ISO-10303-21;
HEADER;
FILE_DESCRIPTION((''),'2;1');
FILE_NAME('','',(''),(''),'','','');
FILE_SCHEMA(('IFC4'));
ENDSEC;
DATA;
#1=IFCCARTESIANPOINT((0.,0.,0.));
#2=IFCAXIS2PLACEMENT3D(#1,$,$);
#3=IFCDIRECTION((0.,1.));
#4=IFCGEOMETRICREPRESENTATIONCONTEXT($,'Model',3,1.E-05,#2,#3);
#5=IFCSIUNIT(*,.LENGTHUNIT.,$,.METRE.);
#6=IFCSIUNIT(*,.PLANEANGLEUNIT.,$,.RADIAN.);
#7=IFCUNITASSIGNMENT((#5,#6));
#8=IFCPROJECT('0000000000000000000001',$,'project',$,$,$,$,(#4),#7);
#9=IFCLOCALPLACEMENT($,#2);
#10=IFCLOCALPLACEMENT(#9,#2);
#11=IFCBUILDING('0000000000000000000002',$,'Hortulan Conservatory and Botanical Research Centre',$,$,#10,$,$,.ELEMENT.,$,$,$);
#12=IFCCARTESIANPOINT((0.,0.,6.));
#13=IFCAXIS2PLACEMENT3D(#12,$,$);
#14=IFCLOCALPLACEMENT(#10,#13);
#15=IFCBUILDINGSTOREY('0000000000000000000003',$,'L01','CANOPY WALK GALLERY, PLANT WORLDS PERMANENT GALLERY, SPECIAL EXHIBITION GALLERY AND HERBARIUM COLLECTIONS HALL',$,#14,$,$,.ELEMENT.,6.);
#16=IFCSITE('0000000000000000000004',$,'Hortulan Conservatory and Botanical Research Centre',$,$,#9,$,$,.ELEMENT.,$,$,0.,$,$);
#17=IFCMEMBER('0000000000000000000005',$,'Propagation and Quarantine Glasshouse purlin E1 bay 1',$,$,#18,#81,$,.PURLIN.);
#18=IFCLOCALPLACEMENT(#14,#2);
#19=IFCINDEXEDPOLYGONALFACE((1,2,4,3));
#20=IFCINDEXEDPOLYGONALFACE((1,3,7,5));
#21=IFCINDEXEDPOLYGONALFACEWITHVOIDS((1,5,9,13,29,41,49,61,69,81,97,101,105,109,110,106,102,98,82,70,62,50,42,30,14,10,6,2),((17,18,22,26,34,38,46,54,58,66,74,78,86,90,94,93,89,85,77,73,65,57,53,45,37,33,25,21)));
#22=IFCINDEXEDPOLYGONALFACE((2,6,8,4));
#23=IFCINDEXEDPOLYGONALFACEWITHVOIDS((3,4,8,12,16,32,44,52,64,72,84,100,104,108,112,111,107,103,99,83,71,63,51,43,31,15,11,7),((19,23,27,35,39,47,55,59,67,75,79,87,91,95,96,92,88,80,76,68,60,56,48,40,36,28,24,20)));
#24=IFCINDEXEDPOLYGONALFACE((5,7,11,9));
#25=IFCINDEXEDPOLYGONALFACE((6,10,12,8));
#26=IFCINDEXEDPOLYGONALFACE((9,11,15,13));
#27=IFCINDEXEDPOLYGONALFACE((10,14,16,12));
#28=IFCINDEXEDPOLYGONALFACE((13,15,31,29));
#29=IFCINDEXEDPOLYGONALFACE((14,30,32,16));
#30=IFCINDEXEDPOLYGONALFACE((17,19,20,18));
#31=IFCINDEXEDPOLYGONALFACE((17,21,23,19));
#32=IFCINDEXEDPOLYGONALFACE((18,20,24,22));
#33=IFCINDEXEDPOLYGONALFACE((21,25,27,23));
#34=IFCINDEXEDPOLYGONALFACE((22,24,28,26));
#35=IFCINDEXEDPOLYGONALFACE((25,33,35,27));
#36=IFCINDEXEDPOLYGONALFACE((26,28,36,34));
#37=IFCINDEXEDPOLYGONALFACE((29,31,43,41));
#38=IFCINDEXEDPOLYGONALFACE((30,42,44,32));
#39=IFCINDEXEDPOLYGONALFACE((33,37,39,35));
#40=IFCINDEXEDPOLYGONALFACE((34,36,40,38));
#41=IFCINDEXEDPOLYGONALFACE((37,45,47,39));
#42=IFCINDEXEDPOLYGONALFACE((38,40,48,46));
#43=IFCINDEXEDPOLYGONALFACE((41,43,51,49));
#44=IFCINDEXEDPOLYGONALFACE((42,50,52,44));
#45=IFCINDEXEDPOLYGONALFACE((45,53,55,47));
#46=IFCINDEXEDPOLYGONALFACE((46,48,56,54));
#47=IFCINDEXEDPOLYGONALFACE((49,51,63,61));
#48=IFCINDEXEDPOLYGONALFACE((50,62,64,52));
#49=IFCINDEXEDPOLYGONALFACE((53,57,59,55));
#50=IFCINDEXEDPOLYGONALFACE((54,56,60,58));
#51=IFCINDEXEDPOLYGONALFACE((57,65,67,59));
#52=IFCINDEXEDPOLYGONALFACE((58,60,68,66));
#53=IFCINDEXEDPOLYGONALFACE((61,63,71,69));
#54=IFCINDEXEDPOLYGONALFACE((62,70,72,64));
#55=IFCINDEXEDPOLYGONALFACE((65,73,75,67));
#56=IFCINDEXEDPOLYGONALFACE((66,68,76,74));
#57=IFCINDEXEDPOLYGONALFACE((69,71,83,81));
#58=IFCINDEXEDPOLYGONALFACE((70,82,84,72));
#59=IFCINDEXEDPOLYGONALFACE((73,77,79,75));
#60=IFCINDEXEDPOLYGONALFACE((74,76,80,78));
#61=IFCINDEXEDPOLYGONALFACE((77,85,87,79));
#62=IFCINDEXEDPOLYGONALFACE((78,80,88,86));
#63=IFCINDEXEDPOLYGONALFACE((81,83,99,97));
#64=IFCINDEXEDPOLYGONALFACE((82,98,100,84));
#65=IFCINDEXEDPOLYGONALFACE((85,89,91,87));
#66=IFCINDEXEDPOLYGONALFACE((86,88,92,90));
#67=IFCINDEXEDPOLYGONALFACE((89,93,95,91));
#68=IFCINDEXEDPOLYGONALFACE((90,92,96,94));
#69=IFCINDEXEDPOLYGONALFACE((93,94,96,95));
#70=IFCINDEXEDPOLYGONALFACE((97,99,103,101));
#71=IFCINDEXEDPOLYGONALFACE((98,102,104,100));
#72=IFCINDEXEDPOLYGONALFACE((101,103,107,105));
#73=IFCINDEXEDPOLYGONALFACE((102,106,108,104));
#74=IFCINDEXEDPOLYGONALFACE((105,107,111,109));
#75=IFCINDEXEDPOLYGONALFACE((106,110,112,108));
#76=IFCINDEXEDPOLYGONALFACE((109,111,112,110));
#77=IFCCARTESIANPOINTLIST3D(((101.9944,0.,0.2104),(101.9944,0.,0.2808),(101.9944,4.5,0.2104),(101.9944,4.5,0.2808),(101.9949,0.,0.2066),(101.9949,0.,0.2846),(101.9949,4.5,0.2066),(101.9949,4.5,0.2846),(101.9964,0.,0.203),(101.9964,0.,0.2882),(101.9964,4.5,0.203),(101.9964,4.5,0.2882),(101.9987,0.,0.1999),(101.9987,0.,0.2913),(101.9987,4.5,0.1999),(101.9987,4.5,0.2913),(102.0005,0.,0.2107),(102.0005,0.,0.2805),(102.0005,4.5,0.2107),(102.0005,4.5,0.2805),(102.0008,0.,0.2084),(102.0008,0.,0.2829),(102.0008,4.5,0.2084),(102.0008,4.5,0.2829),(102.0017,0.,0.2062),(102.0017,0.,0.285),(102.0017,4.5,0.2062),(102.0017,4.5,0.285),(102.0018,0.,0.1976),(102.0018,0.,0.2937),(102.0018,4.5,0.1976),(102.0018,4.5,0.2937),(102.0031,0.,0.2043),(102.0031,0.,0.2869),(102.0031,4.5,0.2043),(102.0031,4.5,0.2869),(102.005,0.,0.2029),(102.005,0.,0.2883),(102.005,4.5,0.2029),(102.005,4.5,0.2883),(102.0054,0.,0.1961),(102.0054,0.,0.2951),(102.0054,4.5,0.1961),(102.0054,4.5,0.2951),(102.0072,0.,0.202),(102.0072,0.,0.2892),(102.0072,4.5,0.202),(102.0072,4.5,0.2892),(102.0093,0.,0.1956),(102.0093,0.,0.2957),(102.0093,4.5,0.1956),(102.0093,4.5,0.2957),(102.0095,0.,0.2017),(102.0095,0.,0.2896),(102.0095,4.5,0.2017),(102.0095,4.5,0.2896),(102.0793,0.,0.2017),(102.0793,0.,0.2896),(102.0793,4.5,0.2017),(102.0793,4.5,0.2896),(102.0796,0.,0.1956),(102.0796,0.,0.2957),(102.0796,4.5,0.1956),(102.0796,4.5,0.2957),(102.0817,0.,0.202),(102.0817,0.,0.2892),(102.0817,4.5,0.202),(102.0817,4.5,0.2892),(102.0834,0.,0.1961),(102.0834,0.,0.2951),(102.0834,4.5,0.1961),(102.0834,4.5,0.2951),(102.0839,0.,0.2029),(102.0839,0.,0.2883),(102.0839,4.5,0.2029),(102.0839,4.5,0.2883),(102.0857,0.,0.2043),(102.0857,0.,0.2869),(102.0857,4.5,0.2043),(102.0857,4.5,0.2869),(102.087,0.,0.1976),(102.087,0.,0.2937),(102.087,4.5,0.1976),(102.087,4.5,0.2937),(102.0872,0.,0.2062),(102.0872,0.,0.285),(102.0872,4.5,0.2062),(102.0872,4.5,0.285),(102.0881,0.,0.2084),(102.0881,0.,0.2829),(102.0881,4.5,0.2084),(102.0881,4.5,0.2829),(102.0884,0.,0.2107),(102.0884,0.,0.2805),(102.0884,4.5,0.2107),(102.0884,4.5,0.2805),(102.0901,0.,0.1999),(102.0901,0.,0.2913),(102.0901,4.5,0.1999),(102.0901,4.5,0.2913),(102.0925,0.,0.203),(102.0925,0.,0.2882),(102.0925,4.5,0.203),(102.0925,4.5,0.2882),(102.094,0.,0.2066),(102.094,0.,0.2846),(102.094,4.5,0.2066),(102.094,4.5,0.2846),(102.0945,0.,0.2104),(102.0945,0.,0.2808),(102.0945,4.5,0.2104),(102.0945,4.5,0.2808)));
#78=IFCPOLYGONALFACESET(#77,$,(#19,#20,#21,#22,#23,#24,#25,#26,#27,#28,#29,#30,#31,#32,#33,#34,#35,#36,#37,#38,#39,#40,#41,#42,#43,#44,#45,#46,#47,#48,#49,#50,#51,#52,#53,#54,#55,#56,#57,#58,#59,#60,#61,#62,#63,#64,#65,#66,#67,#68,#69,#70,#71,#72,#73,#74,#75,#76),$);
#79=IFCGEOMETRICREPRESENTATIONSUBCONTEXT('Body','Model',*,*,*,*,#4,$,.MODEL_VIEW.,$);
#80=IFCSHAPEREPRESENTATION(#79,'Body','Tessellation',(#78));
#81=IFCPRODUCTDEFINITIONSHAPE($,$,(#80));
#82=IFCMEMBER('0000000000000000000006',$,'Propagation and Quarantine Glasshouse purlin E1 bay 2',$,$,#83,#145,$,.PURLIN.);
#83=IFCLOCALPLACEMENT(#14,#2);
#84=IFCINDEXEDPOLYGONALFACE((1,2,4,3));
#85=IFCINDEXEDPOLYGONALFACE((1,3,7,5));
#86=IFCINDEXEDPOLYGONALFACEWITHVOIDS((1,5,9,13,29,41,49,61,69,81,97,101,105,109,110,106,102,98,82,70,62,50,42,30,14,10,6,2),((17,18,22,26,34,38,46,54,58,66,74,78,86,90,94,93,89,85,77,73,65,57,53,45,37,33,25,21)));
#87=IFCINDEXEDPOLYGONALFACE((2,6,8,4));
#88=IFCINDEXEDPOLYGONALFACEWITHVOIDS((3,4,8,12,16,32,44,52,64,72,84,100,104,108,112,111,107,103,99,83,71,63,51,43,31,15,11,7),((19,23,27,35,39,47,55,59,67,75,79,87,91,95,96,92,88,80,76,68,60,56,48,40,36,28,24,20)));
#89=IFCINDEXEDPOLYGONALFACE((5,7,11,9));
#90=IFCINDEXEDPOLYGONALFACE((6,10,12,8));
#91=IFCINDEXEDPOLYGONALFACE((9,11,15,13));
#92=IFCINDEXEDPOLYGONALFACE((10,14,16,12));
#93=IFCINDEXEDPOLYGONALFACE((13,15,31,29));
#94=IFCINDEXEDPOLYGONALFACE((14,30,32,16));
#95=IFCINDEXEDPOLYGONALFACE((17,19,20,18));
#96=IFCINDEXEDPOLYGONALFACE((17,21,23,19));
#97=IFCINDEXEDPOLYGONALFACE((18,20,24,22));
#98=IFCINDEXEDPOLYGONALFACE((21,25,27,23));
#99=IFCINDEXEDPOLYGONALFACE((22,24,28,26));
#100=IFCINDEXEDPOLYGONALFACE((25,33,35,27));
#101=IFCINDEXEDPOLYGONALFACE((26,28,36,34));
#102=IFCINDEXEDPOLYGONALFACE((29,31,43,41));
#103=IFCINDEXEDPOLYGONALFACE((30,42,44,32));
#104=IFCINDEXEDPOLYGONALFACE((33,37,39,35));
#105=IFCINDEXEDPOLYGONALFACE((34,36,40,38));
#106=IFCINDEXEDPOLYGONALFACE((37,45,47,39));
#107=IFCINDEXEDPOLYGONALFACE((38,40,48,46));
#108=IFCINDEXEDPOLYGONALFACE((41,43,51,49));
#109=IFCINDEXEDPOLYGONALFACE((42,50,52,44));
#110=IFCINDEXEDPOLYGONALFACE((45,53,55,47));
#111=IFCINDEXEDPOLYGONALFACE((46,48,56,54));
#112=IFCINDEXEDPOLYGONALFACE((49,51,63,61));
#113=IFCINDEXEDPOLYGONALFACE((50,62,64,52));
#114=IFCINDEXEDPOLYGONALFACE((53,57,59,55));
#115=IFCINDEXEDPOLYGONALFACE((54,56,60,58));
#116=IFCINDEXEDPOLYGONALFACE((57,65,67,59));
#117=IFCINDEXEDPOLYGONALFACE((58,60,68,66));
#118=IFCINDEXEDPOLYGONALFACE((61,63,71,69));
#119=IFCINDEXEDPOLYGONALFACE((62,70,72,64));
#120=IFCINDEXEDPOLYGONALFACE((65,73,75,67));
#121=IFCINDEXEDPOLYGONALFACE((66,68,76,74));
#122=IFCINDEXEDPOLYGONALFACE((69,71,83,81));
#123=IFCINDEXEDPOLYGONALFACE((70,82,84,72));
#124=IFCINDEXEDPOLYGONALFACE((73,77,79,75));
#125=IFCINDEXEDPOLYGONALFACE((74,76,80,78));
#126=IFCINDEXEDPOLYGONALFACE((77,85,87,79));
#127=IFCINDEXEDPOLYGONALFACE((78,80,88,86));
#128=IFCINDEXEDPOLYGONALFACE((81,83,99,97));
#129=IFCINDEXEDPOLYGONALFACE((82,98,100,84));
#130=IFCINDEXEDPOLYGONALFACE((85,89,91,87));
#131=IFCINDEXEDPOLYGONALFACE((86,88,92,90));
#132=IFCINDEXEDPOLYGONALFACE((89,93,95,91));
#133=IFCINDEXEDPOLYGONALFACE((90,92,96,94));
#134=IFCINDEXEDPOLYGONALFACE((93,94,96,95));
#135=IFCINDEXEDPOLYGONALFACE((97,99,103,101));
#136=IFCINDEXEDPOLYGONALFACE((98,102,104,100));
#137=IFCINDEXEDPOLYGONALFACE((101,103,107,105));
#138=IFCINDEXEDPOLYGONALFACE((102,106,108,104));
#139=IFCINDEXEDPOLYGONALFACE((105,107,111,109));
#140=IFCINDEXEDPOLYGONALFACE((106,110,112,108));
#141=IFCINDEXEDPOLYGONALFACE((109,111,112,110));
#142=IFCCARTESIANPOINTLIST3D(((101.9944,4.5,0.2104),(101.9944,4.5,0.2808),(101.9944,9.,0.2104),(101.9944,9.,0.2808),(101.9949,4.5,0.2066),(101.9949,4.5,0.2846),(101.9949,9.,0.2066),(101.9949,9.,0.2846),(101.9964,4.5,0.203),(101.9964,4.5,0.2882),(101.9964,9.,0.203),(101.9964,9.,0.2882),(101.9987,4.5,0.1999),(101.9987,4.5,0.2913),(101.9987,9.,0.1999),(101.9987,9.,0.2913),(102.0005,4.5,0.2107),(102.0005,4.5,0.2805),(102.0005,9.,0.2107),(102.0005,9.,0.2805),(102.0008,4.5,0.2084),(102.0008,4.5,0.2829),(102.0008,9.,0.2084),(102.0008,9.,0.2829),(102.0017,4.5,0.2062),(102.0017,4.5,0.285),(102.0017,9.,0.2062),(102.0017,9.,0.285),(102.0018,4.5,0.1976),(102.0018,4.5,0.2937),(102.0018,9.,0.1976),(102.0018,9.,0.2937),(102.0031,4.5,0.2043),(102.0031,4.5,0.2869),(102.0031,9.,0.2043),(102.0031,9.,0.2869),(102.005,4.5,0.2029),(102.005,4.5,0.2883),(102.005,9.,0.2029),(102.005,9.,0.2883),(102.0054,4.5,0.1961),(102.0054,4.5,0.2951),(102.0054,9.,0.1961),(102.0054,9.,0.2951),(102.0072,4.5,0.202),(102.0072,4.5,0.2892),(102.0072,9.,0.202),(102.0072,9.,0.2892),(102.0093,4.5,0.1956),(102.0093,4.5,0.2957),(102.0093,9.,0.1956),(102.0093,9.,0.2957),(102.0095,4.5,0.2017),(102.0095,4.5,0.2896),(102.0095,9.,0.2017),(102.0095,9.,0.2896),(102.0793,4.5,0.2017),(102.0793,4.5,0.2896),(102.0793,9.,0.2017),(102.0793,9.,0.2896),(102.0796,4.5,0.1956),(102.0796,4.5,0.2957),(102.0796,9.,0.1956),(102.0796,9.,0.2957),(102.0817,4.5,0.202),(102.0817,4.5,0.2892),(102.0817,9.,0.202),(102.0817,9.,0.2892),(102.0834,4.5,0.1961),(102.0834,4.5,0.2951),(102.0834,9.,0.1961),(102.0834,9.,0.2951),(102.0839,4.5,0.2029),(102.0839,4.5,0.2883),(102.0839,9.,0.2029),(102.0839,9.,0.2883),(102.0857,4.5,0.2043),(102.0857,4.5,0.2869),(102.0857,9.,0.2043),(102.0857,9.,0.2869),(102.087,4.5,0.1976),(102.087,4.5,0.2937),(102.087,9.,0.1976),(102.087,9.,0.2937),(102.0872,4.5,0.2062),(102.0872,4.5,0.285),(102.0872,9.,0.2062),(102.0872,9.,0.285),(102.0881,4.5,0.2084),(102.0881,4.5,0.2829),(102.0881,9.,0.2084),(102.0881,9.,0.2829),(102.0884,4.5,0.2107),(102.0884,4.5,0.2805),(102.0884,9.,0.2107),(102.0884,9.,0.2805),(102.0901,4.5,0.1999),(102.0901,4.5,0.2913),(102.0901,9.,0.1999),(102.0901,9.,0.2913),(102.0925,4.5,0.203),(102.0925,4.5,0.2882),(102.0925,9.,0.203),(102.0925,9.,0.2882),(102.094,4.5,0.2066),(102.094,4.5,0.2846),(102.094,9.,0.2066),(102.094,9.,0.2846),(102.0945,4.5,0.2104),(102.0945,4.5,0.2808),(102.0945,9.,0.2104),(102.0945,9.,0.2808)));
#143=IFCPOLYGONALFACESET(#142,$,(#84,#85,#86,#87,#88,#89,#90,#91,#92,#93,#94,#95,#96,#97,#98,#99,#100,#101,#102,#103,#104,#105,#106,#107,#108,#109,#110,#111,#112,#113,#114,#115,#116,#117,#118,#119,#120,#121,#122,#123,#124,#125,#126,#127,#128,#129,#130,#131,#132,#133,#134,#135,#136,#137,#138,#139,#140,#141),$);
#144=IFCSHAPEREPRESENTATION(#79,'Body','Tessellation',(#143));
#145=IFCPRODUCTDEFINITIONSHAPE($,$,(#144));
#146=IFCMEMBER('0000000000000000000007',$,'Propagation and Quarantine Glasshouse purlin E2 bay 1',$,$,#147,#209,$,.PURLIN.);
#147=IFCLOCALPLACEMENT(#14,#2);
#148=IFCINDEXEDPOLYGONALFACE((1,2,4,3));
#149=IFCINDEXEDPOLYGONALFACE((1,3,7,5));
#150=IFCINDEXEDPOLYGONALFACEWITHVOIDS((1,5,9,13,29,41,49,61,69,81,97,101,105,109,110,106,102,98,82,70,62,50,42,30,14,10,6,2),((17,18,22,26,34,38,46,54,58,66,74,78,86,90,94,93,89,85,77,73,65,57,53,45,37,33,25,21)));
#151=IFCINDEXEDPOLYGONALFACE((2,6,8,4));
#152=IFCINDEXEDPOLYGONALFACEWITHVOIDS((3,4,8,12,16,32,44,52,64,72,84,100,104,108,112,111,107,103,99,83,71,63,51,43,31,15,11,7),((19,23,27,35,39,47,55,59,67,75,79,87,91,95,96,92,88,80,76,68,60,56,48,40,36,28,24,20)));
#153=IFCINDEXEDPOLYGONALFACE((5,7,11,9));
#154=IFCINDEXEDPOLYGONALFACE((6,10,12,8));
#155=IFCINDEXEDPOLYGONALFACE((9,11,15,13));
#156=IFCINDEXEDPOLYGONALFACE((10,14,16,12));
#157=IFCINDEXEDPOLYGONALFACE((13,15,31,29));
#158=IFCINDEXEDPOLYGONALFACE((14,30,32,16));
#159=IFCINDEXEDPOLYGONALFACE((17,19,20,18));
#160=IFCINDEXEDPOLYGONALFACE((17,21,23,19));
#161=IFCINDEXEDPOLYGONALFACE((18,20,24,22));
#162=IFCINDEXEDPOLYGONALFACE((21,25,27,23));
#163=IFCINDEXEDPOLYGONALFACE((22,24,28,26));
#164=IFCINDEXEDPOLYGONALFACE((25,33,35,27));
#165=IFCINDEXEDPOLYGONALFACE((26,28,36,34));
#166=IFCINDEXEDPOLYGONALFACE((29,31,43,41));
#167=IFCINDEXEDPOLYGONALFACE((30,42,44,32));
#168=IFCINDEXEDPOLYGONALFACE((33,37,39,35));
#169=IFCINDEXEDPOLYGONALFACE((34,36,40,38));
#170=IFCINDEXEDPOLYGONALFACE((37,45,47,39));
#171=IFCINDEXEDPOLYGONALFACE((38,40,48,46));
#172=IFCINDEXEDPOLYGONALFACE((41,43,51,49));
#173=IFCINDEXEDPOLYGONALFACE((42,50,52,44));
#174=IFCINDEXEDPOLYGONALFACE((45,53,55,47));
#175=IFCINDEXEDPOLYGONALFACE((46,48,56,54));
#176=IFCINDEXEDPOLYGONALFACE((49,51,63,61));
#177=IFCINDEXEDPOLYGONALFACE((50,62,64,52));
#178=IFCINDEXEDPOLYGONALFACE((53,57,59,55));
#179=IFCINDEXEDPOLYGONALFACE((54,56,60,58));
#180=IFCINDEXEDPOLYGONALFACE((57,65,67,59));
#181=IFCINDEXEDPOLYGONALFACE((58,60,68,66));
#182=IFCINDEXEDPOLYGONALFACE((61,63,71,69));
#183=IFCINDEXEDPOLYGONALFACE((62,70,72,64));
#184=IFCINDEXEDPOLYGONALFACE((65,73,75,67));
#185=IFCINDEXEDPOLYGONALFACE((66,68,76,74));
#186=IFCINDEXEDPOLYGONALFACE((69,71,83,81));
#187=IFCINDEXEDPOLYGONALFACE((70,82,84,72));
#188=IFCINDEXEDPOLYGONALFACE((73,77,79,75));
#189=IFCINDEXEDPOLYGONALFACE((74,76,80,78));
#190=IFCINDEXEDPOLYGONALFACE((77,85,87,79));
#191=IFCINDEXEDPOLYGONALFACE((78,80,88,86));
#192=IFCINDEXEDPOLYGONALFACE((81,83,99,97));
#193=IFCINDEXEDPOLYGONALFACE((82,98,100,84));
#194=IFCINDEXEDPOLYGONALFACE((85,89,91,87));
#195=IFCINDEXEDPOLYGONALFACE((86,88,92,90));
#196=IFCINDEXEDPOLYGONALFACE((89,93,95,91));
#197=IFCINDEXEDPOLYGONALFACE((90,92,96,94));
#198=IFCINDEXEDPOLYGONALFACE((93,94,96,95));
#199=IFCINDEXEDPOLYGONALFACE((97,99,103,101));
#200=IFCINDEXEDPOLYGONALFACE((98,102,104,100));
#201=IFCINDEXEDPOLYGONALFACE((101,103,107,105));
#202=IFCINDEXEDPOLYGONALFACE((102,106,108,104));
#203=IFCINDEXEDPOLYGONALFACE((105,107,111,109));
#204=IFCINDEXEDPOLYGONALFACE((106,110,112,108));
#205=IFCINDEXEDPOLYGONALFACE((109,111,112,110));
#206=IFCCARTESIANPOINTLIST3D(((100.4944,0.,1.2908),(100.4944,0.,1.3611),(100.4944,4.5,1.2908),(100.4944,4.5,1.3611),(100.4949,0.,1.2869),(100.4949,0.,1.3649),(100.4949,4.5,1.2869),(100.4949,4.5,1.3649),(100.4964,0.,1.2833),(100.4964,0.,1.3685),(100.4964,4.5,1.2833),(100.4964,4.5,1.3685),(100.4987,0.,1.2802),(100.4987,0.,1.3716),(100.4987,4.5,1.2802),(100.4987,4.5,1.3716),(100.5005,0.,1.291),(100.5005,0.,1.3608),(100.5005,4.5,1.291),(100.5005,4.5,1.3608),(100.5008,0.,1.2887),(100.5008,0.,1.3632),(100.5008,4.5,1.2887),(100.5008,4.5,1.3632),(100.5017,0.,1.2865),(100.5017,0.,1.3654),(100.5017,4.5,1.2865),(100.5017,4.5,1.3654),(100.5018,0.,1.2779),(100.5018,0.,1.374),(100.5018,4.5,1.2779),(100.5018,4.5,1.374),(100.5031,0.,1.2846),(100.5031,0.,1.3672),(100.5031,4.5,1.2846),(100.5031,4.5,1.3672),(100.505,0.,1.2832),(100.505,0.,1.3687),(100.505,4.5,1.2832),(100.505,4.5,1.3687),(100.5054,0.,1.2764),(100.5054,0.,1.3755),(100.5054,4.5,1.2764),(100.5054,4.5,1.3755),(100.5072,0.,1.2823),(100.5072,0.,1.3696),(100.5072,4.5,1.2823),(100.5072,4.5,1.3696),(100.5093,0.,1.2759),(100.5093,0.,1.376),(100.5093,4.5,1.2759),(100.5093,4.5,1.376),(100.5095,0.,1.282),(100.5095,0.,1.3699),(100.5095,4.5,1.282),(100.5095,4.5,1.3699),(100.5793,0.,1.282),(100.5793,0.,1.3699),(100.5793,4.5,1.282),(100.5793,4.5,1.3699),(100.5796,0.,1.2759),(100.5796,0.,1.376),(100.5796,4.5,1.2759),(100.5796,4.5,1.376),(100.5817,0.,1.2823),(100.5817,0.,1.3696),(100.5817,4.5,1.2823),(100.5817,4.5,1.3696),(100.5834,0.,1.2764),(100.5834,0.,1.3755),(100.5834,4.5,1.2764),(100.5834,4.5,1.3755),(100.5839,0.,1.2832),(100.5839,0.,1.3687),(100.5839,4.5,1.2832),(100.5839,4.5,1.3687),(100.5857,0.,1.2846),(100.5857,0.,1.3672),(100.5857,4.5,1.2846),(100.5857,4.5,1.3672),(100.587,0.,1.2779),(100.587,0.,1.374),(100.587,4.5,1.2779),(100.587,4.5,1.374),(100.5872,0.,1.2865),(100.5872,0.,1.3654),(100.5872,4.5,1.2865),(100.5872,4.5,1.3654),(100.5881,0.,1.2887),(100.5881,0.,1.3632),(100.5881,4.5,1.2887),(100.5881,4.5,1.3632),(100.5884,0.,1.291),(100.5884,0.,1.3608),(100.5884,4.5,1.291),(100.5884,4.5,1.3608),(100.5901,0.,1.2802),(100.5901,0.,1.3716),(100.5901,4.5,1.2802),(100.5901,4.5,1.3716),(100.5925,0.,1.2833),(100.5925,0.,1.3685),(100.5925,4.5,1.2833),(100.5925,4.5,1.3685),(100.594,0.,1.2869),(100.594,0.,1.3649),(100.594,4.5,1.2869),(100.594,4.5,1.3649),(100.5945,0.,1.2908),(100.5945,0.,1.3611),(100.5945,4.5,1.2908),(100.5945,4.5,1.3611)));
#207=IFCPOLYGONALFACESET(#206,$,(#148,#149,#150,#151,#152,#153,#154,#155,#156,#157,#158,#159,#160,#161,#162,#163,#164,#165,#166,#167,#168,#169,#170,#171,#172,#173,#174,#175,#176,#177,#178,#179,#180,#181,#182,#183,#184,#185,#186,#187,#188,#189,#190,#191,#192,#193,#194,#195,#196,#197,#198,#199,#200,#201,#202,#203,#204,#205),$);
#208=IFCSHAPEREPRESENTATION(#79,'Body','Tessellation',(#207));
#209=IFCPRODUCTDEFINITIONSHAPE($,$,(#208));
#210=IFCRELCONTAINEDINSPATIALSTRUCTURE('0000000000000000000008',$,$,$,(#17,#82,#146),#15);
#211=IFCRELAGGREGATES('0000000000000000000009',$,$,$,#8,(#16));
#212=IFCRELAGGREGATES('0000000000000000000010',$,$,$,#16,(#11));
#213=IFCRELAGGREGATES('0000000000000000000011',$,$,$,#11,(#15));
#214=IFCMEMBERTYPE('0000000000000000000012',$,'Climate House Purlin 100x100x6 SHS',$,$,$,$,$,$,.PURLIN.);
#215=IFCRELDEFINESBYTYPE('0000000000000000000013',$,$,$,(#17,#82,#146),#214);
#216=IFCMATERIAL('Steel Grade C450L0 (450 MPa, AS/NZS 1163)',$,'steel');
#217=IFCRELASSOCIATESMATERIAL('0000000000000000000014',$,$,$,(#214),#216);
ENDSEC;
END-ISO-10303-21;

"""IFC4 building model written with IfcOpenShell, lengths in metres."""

from ifc_helpers import new_model, si_unit, direction, frame, origin, origin_2d, place, context, subcontext, project, spatial, hollow_rectangle, extrude, material, material_profile, profile_set, type_object, element, save


model = new_model("IFC4")

# Units and contexts
model_context = context("Model", 3, precision=1e-05, world=origin(), true_north=direction((0.0, 1.0)))
body_context = subcontext(model_context, "Body", "Model", "MODEL_VIEW")
ifc_project = project(units=[si_unit("LENGTHUNIT", "METRE"), si_unit("PLANEANGLEUNIT", "RADIAN")], contexts=[model_context])

# Site, building, storey
site_placement = place(None, origin())
site = spatial("IfcSite", under=ifc_project, at=site_placement, Name="Hortulan Conservatory and Botanical Research Centre", CompositionType="ELEMENT", RefElevation=0.0)
building_placement = place(site_placement, origin())
building = spatial("IfcBuilding", under=site, at=building_placement, Name="Hortulan Conservatory and Botanical Research Centre", CompositionType="ELEMENT")
storey_placement = place(building_placement, frame((0.0, 0.0, 6.0)))
storey = spatial("IfcBuildingStorey", under=building, at=storey_placement, Name="L01", Description="CANOPY WALK GALLERY, PLANT WORLDS PERMANENT GALLERY, SPECIAL EXHIBITION GALLERY AND HERBARIUM COLLECTIONS HALL", CompositionType="ELEMENT", Elevation=6.0)

# Members
ifc_material_1 = material(Name="Steel Grade C450L0 (450 MPa, AS/NZS 1163)", Category="steel")
ifc_material_profile_1 = material_profile(ifc_material_1, hollow_rectangle(XDim=0.1001, YDim=0.1001, WallThickness=0.0061, InnerFilletRadius=0.009, OuterFilletRadius=0.0149, at=origin_2d()), Name="100x100x6SHS")
ifc_profile_set_1 = profile_set([ifc_material_profile_1], Name="Steel Grade C450L0 (450 MPa, AS/NZS 1163)")
member_type_1 = type_object("IfcMemberType", Name="Climate House Purlin 100x100x6 SHS", PredefinedType="PURLIN", material=ifc_profile_set_1)
for number, where, z_axis, x_axis, name in (
    (1, (102.0444, 0.0, 0.2456), (0.0, 1.0, 0.0), (-1.0, 0.0, 0.0), "Propagation and Quarantine Glasshouse purlin E1 bay 1"),
    (2, (102.0444, 4.5, 0.2456), (0.0, 1.0, 0.0), (-1.0, 0.0, 0.0), "Propagation and Quarantine Glasshouse purlin E1 bay 2"),
    (3, (100.5444, 0.0, 1.3259), (0.0, 1.0, 0.0), (-1.0, 0.0, 0.0), "Propagation and Quarantine Glasshouse purlin E2 bay 1"),
):
    element("IfcMember", number, at=place(storey_placement, frame(where, z_axis=z_axis, x_axis=x_axis)), inside=storey, type_object=member_type_1, Name=name, PredefinedType="PURLIN", context=body_context, shape_type="SweptSolid", body=[
        extrude(hollow_rectangle(XDim=0.1001, YDim=0.1001, WallThickness=0.0061, InnerFilletRadius=0.009, OuterFilletRadius=0.0149, at=origin_2d()), origin(), (0.0, 0.0, 1.0), 4.5),
    ])

save(model, "model.ifc")
